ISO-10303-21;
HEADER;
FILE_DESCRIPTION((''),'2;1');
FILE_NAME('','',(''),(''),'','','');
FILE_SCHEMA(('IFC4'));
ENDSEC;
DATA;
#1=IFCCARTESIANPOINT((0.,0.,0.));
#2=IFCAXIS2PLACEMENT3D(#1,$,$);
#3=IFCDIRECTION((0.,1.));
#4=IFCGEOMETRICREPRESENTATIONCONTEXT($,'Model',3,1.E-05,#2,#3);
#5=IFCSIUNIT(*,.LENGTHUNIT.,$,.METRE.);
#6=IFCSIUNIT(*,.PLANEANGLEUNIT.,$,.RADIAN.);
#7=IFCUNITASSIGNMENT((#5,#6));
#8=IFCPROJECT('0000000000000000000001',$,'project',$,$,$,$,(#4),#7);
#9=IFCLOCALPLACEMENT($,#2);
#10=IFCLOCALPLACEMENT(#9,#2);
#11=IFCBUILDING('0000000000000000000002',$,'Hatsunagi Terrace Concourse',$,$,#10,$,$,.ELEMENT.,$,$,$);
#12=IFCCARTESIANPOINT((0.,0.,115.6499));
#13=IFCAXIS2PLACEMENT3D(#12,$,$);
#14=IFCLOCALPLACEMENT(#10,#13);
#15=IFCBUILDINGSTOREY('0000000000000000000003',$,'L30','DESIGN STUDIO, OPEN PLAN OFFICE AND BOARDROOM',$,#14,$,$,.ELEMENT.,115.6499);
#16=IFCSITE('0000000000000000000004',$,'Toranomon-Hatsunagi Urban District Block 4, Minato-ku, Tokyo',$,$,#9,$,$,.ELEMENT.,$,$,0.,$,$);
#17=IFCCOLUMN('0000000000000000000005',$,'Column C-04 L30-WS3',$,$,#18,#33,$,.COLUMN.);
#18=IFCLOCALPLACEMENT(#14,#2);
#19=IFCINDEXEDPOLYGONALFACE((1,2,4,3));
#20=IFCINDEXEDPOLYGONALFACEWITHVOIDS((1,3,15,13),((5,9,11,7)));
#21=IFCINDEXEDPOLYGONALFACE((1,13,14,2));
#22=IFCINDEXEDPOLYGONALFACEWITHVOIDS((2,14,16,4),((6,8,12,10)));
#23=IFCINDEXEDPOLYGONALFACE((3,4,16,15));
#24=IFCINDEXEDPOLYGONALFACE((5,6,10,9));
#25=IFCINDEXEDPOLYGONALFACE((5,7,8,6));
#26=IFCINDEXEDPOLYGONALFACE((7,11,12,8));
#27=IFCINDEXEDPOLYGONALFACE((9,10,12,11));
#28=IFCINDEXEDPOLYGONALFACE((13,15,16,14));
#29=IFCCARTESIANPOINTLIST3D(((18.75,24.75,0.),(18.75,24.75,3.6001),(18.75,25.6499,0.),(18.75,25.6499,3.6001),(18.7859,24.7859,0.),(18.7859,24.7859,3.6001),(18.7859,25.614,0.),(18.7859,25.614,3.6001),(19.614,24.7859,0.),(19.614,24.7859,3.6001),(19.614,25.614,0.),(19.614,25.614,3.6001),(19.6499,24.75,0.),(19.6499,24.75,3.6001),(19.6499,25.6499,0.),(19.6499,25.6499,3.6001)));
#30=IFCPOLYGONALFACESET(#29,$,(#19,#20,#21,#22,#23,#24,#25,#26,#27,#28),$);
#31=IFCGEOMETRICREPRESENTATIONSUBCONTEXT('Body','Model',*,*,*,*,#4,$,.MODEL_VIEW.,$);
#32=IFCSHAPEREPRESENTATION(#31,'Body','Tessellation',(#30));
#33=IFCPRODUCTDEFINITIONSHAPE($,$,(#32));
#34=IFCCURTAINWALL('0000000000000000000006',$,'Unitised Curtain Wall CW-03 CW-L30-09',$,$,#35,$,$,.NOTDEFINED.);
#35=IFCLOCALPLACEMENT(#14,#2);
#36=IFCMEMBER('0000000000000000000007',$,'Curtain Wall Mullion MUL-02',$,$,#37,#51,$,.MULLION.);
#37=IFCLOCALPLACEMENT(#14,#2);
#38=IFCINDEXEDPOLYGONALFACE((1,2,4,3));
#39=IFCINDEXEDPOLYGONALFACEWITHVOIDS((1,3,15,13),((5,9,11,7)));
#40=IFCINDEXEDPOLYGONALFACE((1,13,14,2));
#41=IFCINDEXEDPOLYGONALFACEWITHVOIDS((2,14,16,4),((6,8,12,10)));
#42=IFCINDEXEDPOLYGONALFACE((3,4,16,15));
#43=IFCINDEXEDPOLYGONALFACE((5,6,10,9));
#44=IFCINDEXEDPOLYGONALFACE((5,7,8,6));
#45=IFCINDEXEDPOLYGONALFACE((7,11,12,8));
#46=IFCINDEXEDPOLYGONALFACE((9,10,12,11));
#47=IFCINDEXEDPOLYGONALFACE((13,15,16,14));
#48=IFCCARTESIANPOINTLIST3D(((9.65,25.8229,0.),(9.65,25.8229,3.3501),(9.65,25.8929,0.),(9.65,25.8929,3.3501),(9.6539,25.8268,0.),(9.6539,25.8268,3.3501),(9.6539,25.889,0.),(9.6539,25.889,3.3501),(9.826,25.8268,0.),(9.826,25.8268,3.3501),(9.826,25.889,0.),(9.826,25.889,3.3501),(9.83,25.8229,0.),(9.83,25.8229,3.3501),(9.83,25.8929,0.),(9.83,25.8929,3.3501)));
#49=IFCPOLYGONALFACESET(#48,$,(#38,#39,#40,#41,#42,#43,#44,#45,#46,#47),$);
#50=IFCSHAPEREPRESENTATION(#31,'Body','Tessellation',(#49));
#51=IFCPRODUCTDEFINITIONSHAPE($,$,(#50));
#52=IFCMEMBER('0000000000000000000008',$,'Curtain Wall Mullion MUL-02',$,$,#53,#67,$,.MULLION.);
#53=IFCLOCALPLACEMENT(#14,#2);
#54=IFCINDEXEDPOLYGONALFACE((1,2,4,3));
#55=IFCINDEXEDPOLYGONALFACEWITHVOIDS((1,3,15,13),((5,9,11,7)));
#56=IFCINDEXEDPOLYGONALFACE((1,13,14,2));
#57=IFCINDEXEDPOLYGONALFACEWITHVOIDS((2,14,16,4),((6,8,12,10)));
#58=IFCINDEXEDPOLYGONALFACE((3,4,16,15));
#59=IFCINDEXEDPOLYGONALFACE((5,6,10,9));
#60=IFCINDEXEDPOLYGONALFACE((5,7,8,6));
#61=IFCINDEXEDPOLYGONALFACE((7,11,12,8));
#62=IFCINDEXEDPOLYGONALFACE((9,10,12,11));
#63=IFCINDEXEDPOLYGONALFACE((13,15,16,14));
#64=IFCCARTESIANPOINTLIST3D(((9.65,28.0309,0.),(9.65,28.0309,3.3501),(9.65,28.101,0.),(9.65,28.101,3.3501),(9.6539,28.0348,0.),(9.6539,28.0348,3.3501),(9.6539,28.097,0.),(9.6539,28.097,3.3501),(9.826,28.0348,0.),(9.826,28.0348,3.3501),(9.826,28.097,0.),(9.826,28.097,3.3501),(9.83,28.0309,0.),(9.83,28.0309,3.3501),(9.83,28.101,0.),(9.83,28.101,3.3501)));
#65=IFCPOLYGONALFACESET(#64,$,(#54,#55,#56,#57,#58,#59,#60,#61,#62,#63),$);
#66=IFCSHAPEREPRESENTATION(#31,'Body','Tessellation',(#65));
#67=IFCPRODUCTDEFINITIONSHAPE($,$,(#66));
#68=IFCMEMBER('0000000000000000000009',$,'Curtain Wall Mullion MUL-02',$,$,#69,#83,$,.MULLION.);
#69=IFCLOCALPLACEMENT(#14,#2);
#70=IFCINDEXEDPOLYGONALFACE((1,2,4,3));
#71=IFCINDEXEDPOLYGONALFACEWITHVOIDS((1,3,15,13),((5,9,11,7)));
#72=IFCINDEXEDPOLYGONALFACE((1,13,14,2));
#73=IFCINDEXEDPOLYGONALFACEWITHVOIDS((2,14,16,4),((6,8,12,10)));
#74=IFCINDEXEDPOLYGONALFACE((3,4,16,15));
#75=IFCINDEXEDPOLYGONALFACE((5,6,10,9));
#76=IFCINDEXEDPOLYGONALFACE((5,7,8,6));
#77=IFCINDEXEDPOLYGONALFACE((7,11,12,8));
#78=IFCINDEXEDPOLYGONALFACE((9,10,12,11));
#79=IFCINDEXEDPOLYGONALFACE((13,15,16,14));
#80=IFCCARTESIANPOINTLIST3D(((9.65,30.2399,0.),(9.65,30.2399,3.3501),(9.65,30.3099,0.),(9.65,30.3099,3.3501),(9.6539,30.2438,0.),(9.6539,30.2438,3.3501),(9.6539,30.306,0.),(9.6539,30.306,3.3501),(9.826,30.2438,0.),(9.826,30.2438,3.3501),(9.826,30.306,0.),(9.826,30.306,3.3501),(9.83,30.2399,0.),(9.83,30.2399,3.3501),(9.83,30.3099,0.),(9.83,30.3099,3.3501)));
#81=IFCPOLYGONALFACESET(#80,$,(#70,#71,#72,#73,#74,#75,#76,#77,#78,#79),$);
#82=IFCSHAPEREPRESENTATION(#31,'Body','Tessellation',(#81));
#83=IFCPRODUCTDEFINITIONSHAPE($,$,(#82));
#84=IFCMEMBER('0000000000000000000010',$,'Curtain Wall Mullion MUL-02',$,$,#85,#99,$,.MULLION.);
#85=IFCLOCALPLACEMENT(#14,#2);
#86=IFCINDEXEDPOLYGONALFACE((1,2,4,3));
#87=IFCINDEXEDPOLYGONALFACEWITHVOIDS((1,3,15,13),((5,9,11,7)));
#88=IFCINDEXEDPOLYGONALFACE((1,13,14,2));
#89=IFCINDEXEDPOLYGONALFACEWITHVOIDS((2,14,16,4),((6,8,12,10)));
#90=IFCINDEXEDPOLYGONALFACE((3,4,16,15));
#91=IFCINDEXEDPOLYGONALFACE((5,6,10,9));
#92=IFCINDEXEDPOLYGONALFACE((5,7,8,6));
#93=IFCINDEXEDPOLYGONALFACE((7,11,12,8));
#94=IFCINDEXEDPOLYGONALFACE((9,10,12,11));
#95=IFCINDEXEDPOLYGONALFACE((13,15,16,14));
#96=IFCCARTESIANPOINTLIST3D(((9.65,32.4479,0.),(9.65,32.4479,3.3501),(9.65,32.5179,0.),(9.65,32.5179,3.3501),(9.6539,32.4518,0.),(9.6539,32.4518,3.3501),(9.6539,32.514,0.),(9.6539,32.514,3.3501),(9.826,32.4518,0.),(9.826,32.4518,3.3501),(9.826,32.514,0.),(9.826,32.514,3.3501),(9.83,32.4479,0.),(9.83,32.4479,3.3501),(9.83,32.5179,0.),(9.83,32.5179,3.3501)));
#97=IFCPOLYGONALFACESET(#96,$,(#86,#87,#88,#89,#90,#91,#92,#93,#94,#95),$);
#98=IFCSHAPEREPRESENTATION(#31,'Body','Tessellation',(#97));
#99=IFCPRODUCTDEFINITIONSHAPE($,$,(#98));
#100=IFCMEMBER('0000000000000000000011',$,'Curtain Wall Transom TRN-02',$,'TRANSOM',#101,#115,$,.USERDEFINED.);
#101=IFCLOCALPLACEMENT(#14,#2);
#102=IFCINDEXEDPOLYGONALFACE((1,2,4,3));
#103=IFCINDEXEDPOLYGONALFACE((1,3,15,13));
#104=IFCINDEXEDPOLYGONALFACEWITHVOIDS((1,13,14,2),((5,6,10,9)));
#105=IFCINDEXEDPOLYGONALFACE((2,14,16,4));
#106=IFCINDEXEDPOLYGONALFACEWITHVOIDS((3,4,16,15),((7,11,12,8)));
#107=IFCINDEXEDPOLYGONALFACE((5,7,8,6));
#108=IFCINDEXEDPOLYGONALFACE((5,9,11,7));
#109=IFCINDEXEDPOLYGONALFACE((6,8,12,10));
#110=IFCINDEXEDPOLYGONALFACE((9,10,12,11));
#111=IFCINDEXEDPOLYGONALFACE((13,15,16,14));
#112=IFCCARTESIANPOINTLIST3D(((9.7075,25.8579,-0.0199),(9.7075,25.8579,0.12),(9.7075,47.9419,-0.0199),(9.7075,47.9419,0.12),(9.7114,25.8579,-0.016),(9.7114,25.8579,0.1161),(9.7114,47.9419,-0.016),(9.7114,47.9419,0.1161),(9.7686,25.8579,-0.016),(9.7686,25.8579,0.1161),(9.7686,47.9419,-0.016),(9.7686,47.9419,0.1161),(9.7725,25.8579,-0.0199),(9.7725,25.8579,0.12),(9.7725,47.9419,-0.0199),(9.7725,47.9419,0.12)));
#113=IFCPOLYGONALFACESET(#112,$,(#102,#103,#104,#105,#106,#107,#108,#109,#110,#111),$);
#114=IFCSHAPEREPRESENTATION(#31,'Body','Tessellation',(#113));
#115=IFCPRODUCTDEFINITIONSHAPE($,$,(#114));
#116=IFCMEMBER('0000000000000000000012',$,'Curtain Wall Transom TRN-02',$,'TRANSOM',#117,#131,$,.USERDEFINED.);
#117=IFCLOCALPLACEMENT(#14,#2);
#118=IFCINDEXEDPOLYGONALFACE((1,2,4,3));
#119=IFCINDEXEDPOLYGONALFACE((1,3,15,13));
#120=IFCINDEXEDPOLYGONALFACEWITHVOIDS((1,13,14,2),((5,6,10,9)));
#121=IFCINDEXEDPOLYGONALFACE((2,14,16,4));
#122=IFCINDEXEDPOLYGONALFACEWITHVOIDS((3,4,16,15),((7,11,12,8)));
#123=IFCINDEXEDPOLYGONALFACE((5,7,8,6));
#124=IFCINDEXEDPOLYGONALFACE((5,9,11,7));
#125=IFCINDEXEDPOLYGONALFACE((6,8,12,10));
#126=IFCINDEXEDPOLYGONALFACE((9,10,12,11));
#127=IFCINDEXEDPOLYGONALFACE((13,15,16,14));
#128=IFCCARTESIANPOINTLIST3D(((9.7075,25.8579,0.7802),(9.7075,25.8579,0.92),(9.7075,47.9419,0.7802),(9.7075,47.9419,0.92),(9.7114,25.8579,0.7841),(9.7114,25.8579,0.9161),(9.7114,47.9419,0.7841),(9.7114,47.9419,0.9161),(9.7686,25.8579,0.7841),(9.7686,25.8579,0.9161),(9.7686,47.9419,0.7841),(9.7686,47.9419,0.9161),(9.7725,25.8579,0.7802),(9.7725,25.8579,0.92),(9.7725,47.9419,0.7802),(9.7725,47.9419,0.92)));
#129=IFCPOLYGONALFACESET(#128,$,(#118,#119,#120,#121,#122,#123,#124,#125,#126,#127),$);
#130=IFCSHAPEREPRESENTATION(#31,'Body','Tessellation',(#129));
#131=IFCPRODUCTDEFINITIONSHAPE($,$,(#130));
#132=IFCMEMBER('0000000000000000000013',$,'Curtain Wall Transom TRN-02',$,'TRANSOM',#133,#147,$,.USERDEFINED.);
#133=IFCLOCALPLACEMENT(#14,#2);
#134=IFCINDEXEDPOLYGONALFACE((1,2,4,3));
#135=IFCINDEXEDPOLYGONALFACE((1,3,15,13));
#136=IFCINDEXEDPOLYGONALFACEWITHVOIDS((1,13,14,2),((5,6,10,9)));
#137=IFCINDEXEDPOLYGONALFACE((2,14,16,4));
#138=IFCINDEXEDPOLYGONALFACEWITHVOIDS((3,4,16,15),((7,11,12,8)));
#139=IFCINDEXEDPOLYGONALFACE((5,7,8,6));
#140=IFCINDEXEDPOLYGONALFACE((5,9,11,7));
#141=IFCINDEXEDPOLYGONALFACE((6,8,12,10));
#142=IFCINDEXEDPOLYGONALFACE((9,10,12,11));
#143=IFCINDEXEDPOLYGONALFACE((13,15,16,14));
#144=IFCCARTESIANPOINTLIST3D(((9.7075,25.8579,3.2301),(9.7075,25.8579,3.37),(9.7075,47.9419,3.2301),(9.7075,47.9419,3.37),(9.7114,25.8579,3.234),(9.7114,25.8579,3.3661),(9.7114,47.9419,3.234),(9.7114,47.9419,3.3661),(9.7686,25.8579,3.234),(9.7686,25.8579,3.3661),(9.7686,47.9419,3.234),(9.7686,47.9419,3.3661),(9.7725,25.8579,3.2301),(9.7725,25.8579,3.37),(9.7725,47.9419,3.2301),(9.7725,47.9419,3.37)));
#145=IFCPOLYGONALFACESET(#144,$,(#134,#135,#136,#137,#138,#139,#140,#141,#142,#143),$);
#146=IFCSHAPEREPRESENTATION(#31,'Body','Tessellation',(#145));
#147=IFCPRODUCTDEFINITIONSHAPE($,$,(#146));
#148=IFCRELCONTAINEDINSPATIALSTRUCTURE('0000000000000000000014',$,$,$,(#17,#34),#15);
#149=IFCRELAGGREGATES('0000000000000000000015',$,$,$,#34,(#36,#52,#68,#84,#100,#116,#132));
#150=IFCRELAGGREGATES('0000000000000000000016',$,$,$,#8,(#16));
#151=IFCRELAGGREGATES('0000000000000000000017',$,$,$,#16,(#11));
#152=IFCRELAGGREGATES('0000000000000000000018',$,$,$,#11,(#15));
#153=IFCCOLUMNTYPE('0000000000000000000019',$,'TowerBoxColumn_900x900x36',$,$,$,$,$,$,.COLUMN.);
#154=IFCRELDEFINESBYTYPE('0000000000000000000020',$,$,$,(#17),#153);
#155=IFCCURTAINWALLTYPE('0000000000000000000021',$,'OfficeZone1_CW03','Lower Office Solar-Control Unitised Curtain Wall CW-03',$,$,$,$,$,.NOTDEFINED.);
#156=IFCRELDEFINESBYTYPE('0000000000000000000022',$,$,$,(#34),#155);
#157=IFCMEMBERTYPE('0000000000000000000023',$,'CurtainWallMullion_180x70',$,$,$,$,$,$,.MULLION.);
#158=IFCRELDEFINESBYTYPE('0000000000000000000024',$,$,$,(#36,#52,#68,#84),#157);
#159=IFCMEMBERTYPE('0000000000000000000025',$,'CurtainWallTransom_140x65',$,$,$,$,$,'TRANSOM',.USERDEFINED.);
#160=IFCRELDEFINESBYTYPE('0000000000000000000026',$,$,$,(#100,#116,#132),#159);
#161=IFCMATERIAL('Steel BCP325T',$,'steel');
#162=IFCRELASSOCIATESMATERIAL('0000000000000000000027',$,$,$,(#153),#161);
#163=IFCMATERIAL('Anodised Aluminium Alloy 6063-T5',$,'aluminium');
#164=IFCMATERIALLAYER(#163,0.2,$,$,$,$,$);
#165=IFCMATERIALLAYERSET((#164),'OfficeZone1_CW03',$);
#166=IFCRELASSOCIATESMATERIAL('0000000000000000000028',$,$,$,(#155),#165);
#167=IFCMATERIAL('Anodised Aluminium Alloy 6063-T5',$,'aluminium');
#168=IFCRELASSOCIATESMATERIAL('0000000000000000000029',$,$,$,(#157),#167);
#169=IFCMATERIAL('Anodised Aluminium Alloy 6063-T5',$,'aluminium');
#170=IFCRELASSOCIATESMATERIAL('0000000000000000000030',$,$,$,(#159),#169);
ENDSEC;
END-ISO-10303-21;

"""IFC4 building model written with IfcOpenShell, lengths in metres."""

from ifc_helpers import new_model, si_unit, direction, frame, origin, origin_2d, place, context, subcontext, project, spatial, hollow_rectangle, extrude, material, layer, layer_set, material_profile, profile_set, type_object, element, aggregate, save


model = new_model("IFC4")

# Units and contexts
model_context = context("Model", 3, precision=1e-05, world=origin(), true_north=direction((0.0, 1.0)))
body_context = subcontext(model_context, "Body", "Model", "MODEL_VIEW")
ifc_project = project(units=[si_unit("LENGTHUNIT", "METRE"), si_unit("PLANEANGLEUNIT", "RADIAN")], contexts=[model_context])

# Site, building, storey
site_placement = place(None, origin())
site = spatial("IfcSite", under=ifc_project, at=site_placement, Name="Toranomon-Hatsunagi Urban District Block 4, Minato-ku, Tokyo", CompositionType="ELEMENT", RefElevation=0.0)
building_placement = place(site_placement, origin())
building = spatial("IfcBuilding", under=site, at=building_placement, Name="Hatsunagi Terrace Concourse", CompositionType="ELEMENT")
storey_placement = place(building_placement, frame((0.0, 0.0, 115.6499)))
storey = spatial("IfcBuildingStorey", under=building, at=storey_placement, Name="L30", Description="DESIGN STUDIO, OPEN PLAN OFFICE AND BOARDROOM", CompositionType="ELEMENT", Elevation=115.6499)

# Column
ifc_material_1 = material(Name="Steel BCP325T", Category="steel")
ifc_material_profile_1 = material_profile(ifc_material_1, hollow_rectangle(XDim=0.8999, YDim=0.8999, WallThickness=0.0359, at=origin_2d()), Name="BCP-900x900x36")
ifc_profile_set_1 = profile_set([ifc_material_profile_1], Name="Steel BCP325T")
column_type = type_object("IfcColumnType", Name="TowerBoxColumn_900x900x36", PredefinedType="COLUMN", material=ifc_profile_set_1)
column_placement = place(storey_placement, frame((19.2, 25.2, 0.0), z_axis=(0.0, 0.0, 1.0), x_axis=(1.0, 0.0, 0.0)))
element("IfcColumn", 1, at=column_placement, inside=storey, type_object=column_type, Name="Column C-04 L30-WS3", PredefinedType="COLUMN", context=body_context, shape_type="SweptSolid", body=[
    extrude(hollow_rectangle(XDim=0.8999, YDim=0.8999, WallThickness=0.0359, at=origin_2d()), origin(), (0.0, 0.0, 1.0), 3.6001),
])

# Curtain wall, members
ifc_material_2 = material(Name="Anodised Aluminium Alloy 6063-T5", Category="aluminium")
ifc_layer_1 = layer(ifc_material_2, 0.2)
ifc_layer_set_1 = layer_set([ifc_layer_1], Name="OfficeZone1_CW03")
curtain_wall_type = type_object("IfcCurtainWallType", Name="OfficeZone1_CW03", Description="Lower Office Solar-Control Unitised Curtain Wall CW-03", PredefinedType="NOTDEFINED", material=ifc_layer_set_1)
curtain_wall_placement = place(storey_placement, origin())
curtain_wall = element("IfcCurtainWall", 2, at=curtain_wall_placement, inside=storey, type_object=curtain_wall_type, Name="Unitised Curtain Wall CW-03 CW-L30-09", PredefinedType="NOTDEFINED")
ifc_material_3 = material(Name="Anodised Aluminium Alloy 6063-T5", Category="aluminium")
ifc_material_profile_2 = material_profile(ifc_material_3, hollow_rectangle(XDim=0.0701, YDim=0.1799, WallThickness=0.0039, at=origin_2d()), Name="ALU-MUL-180x70x4")
ifc_profile_set_2 = profile_set([ifc_material_profile_2], Name="Anodised Aluminium Alloy 6063-T5")
member_type_1 = type_object("IfcMemberType", Name="CurtainWallMullion_180x70", PredefinedType="MULLION", material=ifc_profile_set_2)
member_1_placement = place(storey_placement, frame((9.74, 25.8579, 0.0), z_axis=(0.0, 0.0, 1.0), x_axis=(0.0, 1.0, 0.0)))
member_1 = element("IfcMember", 3, at=member_1_placement, type_object=member_type_1, Name="Curtain Wall Mullion MUL-02", PredefinedType="MULLION", context=body_context, shape_type="SweptSolid", body=[
    extrude(hollow_rectangle(XDim=0.0701, YDim=0.1799, WallThickness=0.0039, at=origin_2d()), origin(), (0.0, 0.0, 1.0), 3.3501),
])
member_2_placement = place(storey_placement, frame((9.74, 28.0659, 0.0), z_axis=(0.0, 0.0, 1.0), x_axis=(0.0, 1.0, 0.0)))
member_2 = element("IfcMember", 4, at=member_2_placement, type_object=member_type_1, Name="Curtain Wall Mullion MUL-02", PredefinedType="MULLION", context=body_context, shape_type="SweptSolid", body=[
    extrude(hollow_rectangle(XDim=0.0701, YDim=0.1799, WallThickness=0.0039, at=origin_2d()), origin(), (0.0, 0.0, 1.0), 3.3501),
])
member_3_placement = place(storey_placement, frame((9.74, 30.2749, 0.0), z_axis=(0.0, 0.0, 1.0), x_axis=(0.0, 1.0, 0.0)))
member_3 = element("IfcMember", 5, at=member_3_placement, type_object=member_type_1, Name="Curtain Wall Mullion MUL-02", PredefinedType="MULLION", context=body_context, shape_type="SweptSolid", body=[
    extrude(hollow_rectangle(XDim=0.0701, YDim=0.1799, WallThickness=0.0039, at=origin_2d()), origin(), (0.0, 0.0, 1.0), 3.3501),
])
member_4_placement = place(storey_placement, frame((9.74, 32.4829, 0.0), z_axis=(0.0, 0.0, 1.0), x_axis=(0.0, 1.0, 0.0)))
member_4 = element("IfcMember", 6, at=member_4_placement, type_object=member_type_1, Name="Curtain Wall Mullion MUL-02", PredefinedType="MULLION", context=body_context, shape_type="SweptSolid", body=[
    extrude(hollow_rectangle(XDim=0.0701, YDim=0.1799, WallThickness=0.0039, at=origin_2d()), origin(), (0.0, 0.0, 1.0), 3.3501),
])
ifc_material_4 = material(Name="Anodised Aluminium Alloy 6063-T5", Category="aluminium")
ifc_material_profile_3 = material_profile(ifc_material_4, hollow_rectangle(XDim=0.0649, YDim=0.1399, WallThickness=0.0039, at=origin_2d()), Name="ALU-TRN-140x65x4")
ifc_profile_set_3 = profile_set([ifc_material_profile_3], Name="Anodised Aluminium Alloy 6063-T5")
member_type_2 = type_object("IfcMemberType", Name="CurtainWallTransom_140x65", ElementType="TRANSOM", PredefinedType="USERDEFINED", material=ifc_profile_set_3)
member_5_placement = place(storey_placement, frame((9.74, 25.8579, 0.05), z_axis=(0.0, 1.0, 0.0), x_axis=(-1.0, 0.0, 0.0)))
member_5 = element("IfcMember", 7, at=member_5_placement, type_object=member_type_2, Name="Curtain Wall Transom TRN-02", ObjectType="TRANSOM", PredefinedType="USERDEFINED", context=body_context, shape_type="SweptSolid", body=[
    extrude(hollow_rectangle(XDim=0.0649, YDim=0.1399, WallThickness=0.0039, at=origin_2d()), origin(), (0.0, 0.0, 1.0), 22.084),
])
member_6_placement = place(storey_placement, frame((9.74, 25.8579, 0.8501), z_axis=(0.0, 1.0, 0.0), x_axis=(-1.0, 0.0, 0.0)))
member_6 = element("IfcMember", 8, at=member_6_placement, type_object=member_type_2, Name="Curtain Wall Transom TRN-02", ObjectType="TRANSOM", PredefinedType="USERDEFINED", context=body_context, shape_type="SweptSolid", body=[
    extrude(hollow_rectangle(XDim=0.0649, YDim=0.1399, WallThickness=0.0039, at=origin_2d()), origin(), (0.0, 0.0, 1.0), 22.084),
])
member_7_placement = place(storey_placement, frame((9.74, 25.8579, 3.3), z_axis=(0.0, 1.0, 0.0), x_axis=(-1.0, 0.0, 0.0)))
member_7 = element("IfcMember", 9, at=member_7_placement, type_object=member_type_2, Name="Curtain Wall Transom TRN-02", ObjectType="TRANSOM", PredefinedType="USERDEFINED", context=body_context, shape_type="SweptSolid", body=[
    extrude(hollow_rectangle(XDim=0.0649, YDim=0.1399, WallThickness=0.0039, at=origin_2d()), origin(), (0.0, 0.0, 1.0), 22.084),
])

aggregate(curtain_wall, [member_1, member_2, member_3, member_4, member_5, member_6, member_7])

save(model, "model.ifc")
